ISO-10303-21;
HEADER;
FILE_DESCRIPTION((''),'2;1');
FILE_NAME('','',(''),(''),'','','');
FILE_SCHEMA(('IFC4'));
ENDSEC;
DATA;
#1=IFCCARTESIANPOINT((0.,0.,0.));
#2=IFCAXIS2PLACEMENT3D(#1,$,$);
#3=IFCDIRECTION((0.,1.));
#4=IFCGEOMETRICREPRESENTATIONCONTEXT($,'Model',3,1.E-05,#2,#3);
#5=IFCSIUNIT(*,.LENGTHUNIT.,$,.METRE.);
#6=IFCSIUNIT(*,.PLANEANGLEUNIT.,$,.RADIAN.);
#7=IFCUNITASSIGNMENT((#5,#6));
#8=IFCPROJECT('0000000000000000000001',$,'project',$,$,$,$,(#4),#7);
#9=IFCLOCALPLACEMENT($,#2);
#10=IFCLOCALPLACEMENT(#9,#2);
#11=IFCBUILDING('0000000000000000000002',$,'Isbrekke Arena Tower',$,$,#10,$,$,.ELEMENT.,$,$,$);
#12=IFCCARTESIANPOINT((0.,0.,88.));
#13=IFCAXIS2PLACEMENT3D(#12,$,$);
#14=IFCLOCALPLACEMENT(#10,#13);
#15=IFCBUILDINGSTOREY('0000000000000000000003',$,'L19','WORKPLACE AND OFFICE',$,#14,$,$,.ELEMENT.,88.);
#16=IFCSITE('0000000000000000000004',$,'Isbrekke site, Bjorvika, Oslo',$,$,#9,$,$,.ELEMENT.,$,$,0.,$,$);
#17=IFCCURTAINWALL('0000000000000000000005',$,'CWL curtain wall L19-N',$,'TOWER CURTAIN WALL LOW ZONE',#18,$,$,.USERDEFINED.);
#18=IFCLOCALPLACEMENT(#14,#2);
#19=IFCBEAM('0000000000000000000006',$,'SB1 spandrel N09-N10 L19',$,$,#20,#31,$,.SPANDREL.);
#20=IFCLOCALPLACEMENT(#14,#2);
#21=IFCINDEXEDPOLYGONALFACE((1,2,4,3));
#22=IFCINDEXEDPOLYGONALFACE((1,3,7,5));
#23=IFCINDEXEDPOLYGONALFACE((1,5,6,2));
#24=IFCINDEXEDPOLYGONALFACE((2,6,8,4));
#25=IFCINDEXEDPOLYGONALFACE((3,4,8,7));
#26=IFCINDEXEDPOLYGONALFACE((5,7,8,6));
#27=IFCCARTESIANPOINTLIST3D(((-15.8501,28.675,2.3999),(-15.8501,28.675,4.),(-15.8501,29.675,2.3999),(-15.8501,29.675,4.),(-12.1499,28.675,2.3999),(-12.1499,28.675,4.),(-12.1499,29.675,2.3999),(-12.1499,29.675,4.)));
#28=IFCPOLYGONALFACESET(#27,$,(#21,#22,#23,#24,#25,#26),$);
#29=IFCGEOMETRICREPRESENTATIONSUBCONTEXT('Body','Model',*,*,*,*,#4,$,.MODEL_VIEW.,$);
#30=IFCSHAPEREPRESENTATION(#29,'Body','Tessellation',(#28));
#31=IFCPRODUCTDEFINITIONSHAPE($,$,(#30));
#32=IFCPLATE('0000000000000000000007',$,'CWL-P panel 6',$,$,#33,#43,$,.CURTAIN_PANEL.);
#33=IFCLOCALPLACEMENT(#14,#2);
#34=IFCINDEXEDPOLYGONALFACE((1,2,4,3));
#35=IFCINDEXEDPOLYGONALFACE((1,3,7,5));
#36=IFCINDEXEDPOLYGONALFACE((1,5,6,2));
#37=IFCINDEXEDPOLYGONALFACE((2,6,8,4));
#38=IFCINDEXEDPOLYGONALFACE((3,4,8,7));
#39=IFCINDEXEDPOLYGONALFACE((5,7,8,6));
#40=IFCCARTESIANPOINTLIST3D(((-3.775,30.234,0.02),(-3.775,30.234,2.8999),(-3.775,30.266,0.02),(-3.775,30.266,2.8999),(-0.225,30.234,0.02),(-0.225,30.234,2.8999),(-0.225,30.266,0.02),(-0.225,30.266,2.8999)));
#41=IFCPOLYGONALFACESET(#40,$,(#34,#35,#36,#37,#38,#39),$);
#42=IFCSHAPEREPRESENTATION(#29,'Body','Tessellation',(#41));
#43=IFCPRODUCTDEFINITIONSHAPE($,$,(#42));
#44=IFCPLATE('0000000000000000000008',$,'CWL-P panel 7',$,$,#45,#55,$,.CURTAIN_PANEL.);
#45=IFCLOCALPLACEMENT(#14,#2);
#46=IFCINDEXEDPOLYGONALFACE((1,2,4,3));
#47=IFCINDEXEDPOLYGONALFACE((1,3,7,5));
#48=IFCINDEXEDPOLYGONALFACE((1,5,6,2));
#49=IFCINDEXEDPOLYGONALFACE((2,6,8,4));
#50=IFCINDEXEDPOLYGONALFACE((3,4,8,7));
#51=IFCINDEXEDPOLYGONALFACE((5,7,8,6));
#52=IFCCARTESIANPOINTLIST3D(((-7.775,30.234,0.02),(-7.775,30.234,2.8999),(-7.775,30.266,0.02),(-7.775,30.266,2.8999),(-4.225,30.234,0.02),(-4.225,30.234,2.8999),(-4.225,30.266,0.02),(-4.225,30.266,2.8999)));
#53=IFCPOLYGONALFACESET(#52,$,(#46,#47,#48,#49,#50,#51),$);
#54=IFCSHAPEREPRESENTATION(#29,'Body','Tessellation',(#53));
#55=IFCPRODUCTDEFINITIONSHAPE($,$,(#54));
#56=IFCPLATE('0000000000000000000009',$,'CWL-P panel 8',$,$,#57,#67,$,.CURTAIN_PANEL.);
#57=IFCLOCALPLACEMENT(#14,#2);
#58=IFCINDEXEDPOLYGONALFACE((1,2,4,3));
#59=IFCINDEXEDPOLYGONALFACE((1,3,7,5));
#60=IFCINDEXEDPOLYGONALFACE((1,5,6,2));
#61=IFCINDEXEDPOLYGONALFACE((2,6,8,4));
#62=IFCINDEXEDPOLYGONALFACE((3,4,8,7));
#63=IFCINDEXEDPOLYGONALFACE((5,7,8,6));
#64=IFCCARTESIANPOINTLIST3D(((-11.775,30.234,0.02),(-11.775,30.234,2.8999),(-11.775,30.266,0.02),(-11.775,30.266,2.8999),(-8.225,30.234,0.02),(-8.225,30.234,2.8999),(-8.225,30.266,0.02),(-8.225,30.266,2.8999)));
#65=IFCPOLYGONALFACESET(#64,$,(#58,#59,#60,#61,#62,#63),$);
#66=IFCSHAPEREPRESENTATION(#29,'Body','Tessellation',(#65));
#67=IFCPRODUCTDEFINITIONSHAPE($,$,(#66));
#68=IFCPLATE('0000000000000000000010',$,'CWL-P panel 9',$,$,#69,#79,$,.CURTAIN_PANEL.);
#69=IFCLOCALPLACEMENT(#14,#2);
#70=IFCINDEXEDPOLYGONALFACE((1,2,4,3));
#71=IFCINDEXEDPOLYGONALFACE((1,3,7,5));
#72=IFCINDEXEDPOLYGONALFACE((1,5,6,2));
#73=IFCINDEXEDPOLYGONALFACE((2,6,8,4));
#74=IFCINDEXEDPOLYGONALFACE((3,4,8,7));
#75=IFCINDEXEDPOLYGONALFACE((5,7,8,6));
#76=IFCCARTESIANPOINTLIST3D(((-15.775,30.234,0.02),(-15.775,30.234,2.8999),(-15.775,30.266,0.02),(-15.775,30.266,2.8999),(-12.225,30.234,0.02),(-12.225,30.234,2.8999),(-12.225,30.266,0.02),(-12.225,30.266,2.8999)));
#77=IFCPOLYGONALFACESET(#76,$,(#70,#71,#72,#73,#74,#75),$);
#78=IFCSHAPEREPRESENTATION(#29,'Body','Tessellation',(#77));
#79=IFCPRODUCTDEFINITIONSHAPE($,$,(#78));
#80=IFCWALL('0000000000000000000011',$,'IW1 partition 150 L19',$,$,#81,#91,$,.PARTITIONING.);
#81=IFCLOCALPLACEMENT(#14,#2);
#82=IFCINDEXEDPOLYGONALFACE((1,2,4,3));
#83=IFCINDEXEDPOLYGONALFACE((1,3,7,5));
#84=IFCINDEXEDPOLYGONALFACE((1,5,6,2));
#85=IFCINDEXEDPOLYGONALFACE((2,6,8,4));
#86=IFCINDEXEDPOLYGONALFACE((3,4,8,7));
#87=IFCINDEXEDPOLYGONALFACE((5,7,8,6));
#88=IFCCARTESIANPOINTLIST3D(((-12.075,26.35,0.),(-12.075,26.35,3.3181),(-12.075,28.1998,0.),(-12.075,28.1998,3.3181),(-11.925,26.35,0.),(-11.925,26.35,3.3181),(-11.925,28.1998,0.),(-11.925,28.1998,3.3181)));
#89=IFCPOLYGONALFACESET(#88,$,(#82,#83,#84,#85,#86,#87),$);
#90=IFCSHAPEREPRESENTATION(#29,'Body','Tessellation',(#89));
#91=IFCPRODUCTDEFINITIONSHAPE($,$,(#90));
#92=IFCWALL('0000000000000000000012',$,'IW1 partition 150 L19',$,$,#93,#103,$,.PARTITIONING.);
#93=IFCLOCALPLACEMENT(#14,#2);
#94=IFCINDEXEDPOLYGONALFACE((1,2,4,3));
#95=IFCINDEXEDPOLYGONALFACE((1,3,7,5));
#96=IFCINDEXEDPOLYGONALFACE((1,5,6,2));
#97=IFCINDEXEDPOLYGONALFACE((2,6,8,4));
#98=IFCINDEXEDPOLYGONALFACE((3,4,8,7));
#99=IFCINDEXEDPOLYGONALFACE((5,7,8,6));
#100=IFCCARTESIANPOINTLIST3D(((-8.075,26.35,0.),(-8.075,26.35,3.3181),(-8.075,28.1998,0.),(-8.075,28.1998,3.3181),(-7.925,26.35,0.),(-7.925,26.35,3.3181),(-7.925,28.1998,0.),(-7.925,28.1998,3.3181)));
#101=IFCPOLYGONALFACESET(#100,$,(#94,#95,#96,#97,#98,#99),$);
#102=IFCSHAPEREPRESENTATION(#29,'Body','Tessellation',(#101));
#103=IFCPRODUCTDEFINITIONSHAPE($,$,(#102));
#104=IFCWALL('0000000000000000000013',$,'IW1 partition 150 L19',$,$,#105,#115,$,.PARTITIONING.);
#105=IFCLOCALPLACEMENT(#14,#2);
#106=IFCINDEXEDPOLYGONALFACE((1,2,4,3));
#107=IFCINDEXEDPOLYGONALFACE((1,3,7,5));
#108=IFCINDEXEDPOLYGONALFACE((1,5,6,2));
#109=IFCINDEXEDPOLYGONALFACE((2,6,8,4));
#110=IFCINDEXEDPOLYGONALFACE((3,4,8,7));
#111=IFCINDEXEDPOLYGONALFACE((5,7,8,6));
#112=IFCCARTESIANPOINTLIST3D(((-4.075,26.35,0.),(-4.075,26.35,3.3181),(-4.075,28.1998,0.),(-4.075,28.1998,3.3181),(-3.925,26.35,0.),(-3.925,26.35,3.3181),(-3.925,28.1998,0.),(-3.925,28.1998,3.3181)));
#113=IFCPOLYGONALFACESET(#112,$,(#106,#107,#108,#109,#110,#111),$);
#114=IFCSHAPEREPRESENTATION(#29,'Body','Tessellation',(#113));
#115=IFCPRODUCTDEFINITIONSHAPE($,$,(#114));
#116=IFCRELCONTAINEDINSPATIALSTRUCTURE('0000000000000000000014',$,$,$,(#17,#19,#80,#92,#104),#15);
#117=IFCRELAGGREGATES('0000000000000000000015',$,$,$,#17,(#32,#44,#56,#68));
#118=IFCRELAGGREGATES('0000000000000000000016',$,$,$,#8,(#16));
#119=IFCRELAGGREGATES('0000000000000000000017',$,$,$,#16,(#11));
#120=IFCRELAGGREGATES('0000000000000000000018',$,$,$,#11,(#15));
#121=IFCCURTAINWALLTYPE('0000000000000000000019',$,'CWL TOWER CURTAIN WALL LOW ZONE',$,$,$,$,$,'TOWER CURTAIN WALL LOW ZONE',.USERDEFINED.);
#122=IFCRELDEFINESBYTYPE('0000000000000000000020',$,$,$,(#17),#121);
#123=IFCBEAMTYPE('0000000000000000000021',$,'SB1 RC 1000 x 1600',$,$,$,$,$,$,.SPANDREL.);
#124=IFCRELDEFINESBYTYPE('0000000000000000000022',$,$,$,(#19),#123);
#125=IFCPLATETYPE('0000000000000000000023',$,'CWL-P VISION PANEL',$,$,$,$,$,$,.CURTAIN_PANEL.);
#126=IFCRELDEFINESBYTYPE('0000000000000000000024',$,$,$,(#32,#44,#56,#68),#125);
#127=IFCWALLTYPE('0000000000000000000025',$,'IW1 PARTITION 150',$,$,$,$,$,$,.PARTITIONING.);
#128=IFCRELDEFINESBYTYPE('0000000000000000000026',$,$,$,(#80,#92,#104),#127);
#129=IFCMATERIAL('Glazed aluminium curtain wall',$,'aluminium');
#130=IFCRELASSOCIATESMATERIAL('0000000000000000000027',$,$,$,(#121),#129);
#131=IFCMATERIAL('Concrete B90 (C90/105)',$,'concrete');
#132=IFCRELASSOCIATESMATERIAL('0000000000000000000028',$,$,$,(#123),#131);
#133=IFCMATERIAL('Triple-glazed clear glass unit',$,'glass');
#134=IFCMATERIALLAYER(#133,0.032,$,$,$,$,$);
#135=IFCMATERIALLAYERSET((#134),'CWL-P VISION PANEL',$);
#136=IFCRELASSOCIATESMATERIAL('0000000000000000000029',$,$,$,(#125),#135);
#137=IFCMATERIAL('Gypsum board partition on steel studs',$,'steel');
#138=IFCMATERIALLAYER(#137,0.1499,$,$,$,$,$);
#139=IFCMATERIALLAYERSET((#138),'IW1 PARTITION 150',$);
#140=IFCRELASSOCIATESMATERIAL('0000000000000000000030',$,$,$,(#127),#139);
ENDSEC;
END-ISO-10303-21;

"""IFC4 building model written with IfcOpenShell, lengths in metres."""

from ifc_helpers import new_model, si_unit, direction, frame, frame_2d, origin, origin_2d, place, context, subcontext, project, spatial, rectangle, extrude, material, layer, layer_set, material_profile, profile_set, type_object, element, aggregate, save


model = new_model("IFC4")

# Units and contexts
model_context = context("Model", 3, precision=1e-05, world=origin(), true_north=direction((0.0, 1.0)))
body_context = subcontext(model_context, "Body", "Model", "MODEL_VIEW")
ifc_project = project(units=[si_unit("LENGTHUNIT", "METRE"), si_unit("PLANEANGLEUNIT", "RADIAN")], contexts=[model_context])

# Site, building, storey
site_placement = place(None, origin())
site = spatial("IfcSite", under=ifc_project, at=site_placement, Name="Isbrekke site, Bjorvika, Oslo", CompositionType="ELEMENT", RefElevation=0.0)
building_placement = place(site_placement, origin())
building = spatial("IfcBuilding", under=site, at=building_placement, Name="Isbrekke Arena Tower", CompositionType="ELEMENT")
storey_placement = place(building_placement, frame((0.0, 0.0, 88.0)))
storey = spatial("IfcBuildingStorey", under=building, at=storey_placement, Name="L19", Description="WORKPLACE AND OFFICE", CompositionType="ELEMENT", Elevation=88.0)

# Curtain wall
ifc_material_1 = material(Name="Glazed aluminium curtain wall", Category="aluminium")
curtain_wall_type = type_object("IfcCurtainWallType", Name="CWL TOWER CURTAIN WALL LOW ZONE", ElementType="TOWER CURTAIN WALL LOW ZONE", PredefinedType="USERDEFINED", material=ifc_material_1)
curtain_wall_placement = place(storey_placement, origin())
curtain_wall = element("IfcCurtainWall", 1, at=curtain_wall_placement, inside=storey, type_object=curtain_wall_type, Name="CWL curtain wall L19-N", ObjectType="TOWER CURTAIN WALL LOW ZONE", PredefinedType="USERDEFINED")

# Beam
ifc_material_2 = material(Name="Concrete B90 (C90/105)", Category="concrete")
ifc_material_profile_1 = material_profile(ifc_material_2, rectangle(XDim=1.0, YDim=1.6001, at=origin_2d()), Name="RC 1000x1600")
ifc_profile_set_1 = profile_set([ifc_material_profile_1], Name="Concrete B90 (C90/105)")
beam_type_1 = type_object("IfcBeamType", Name="SB1 RC 1000 x 1600", PredefinedType="SPANDREL", material=ifc_profile_set_1)
for number, where, z_axis, x_axis, name in (
    (2, (-12.1499, 29.175, 3.2), (-1.0, 0.0, 0.0), (0.0, -1.0, 0.0), "SB1 spandrel N09-N10 L19"),
):
    element("IfcBeam", number, at=place(storey_placement, frame(where, z_axis=z_axis, x_axis=x_axis)), inside=storey, type_object=beam_type_1, Name=name, PredefinedType="SPANDREL", context=body_context, shape_type="SweptSolid", body=[
        extrude(rectangle(XDim=1.0, YDim=1.6001, at=origin_2d()), origin(), (0.0, 0.0, 1.0), 3.7002),
    ])

# Plates
ifc_material_3 = material(Name="Triple-glazed clear glass unit", Category="glass")
ifc_layer_1 = layer(ifc_material_3, 0.032)
ifc_layer_set_1 = layer_set([ifc_layer_1], Name="CWL-P VISION PANEL")
plate_type = type_object("IfcPlateType", Name="CWL-P VISION PANEL", PredefinedType="CURTAIN_PANEL", material=ifc_layer_set_1)
plate_1_placement = place(storey_placement, frame((-2.0, 30.25, 0.02), z_axis=(0.0, 0.0, 1.0), x_axis=(-1.0, 0.0, 0.0)))
plate_1 = element("IfcPlate", 3, at=plate_1_placement, type_object=plate_type, Name="CWL-P panel 6", PredefinedType="CURTAIN_PANEL", context=body_context, shape_type="SweptSolid", body=[
    extrude(rectangle(XDim=3.55, YDim=0.032, at=origin_2d()), origin(), (0.0, 0.0, 1.0), 2.8799),
])
plate_2_placement = place(storey_placement, frame((-6.0, 30.25, 0.02), z_axis=(0.0, 0.0, 1.0), x_axis=(-1.0, 0.0, 0.0)))
plate_2 = element("IfcPlate", 4, at=plate_2_placement, type_object=plate_type, Name="CWL-P panel 7", PredefinedType="CURTAIN_PANEL", context=body_context, shape_type="SweptSolid", body=[
    extrude(rectangle(XDim=3.55, YDim=0.032, at=origin_2d()), origin(), (0.0, 0.0, 1.0), 2.8799),
])
plate_3_placement = place(storey_placement, frame((-10.0, 30.25, 0.02), z_axis=(0.0, 0.0, 1.0), x_axis=(-1.0, 0.0, 0.0)))
plate_3 = element("IfcPlate", 5, at=plate_3_placement, type_object=plate_type, Name="CWL-P panel 8", PredefinedType="CURTAIN_PANEL", context=body_context, shape_type="SweptSolid", body=[
    extrude(rectangle(XDim=3.55, YDim=0.032, at=origin_2d()), origin(), (0.0, 0.0, 1.0), 2.8799),
])
plate_4_placement = place(storey_placement, frame((-14.0, 30.25, 0.02), z_axis=(0.0, 0.0, 1.0), x_axis=(-1.0, 0.0, 0.0)))
plate_4 = element("IfcPlate", 6, at=plate_4_placement, type_object=plate_type, Name="CWL-P panel 9", PredefinedType="CURTAIN_PANEL", context=body_context, shape_type="SweptSolid", body=[
    extrude(rectangle(XDim=3.55, YDim=0.032, at=origin_2d()), origin(), (0.0, 0.0, 1.0), 2.8799),
])
aggregate(curtain_wall, [plate_1, plate_2, plate_3, plate_4])

# Walls
ifc_material_4 = material(Name="Gypsum board partition on steel studs", Category="steel")
ifc_layer_2 = layer(ifc_material_4, 0.1499)
ifc_layer_set_2 = layer_set([ifc_layer_2], Name="IW1 PARTITION 150")
wall_type = type_object("IfcWallType", Name="IW1 PARTITION 150", PredefinedType="PARTITIONING", material=ifc_layer_set_2)
for number, where, z_axis, x_axis, name in (
    (7, (-12.0, 26.3501, 0.0), (0.0, 0.0, 1.0), (0.0, 1.0, 0.0), "IW1 partition 150 L19"),
    (8, (-8.0, 26.3501, 0.0), (0.0, 0.0, 1.0), (0.0, 1.0, 0.0), "IW1 partition 150 L19"),
    (9, (-4.0, 26.3501, 0.0), (0.0, 0.0, 1.0), (0.0, 1.0, 0.0), "IW1 partition 150 L19"),
):
    element("IfcWall", number, at=place(storey_placement, frame(where, z_axis=z_axis, x_axis=x_axis)), inside=storey, type_object=wall_type, Name=name, PredefinedType="PARTITIONING", context=body_context, shape_type="SweptSolid", body=[
        extrude(rectangle(XDim=1.8499, YDim=0.1499, at=frame_2d((0.9248, 0.0))), origin(), (0.0, 0.0, 1.0), 3.3181),
    ])

save(model, "model.ifc")
